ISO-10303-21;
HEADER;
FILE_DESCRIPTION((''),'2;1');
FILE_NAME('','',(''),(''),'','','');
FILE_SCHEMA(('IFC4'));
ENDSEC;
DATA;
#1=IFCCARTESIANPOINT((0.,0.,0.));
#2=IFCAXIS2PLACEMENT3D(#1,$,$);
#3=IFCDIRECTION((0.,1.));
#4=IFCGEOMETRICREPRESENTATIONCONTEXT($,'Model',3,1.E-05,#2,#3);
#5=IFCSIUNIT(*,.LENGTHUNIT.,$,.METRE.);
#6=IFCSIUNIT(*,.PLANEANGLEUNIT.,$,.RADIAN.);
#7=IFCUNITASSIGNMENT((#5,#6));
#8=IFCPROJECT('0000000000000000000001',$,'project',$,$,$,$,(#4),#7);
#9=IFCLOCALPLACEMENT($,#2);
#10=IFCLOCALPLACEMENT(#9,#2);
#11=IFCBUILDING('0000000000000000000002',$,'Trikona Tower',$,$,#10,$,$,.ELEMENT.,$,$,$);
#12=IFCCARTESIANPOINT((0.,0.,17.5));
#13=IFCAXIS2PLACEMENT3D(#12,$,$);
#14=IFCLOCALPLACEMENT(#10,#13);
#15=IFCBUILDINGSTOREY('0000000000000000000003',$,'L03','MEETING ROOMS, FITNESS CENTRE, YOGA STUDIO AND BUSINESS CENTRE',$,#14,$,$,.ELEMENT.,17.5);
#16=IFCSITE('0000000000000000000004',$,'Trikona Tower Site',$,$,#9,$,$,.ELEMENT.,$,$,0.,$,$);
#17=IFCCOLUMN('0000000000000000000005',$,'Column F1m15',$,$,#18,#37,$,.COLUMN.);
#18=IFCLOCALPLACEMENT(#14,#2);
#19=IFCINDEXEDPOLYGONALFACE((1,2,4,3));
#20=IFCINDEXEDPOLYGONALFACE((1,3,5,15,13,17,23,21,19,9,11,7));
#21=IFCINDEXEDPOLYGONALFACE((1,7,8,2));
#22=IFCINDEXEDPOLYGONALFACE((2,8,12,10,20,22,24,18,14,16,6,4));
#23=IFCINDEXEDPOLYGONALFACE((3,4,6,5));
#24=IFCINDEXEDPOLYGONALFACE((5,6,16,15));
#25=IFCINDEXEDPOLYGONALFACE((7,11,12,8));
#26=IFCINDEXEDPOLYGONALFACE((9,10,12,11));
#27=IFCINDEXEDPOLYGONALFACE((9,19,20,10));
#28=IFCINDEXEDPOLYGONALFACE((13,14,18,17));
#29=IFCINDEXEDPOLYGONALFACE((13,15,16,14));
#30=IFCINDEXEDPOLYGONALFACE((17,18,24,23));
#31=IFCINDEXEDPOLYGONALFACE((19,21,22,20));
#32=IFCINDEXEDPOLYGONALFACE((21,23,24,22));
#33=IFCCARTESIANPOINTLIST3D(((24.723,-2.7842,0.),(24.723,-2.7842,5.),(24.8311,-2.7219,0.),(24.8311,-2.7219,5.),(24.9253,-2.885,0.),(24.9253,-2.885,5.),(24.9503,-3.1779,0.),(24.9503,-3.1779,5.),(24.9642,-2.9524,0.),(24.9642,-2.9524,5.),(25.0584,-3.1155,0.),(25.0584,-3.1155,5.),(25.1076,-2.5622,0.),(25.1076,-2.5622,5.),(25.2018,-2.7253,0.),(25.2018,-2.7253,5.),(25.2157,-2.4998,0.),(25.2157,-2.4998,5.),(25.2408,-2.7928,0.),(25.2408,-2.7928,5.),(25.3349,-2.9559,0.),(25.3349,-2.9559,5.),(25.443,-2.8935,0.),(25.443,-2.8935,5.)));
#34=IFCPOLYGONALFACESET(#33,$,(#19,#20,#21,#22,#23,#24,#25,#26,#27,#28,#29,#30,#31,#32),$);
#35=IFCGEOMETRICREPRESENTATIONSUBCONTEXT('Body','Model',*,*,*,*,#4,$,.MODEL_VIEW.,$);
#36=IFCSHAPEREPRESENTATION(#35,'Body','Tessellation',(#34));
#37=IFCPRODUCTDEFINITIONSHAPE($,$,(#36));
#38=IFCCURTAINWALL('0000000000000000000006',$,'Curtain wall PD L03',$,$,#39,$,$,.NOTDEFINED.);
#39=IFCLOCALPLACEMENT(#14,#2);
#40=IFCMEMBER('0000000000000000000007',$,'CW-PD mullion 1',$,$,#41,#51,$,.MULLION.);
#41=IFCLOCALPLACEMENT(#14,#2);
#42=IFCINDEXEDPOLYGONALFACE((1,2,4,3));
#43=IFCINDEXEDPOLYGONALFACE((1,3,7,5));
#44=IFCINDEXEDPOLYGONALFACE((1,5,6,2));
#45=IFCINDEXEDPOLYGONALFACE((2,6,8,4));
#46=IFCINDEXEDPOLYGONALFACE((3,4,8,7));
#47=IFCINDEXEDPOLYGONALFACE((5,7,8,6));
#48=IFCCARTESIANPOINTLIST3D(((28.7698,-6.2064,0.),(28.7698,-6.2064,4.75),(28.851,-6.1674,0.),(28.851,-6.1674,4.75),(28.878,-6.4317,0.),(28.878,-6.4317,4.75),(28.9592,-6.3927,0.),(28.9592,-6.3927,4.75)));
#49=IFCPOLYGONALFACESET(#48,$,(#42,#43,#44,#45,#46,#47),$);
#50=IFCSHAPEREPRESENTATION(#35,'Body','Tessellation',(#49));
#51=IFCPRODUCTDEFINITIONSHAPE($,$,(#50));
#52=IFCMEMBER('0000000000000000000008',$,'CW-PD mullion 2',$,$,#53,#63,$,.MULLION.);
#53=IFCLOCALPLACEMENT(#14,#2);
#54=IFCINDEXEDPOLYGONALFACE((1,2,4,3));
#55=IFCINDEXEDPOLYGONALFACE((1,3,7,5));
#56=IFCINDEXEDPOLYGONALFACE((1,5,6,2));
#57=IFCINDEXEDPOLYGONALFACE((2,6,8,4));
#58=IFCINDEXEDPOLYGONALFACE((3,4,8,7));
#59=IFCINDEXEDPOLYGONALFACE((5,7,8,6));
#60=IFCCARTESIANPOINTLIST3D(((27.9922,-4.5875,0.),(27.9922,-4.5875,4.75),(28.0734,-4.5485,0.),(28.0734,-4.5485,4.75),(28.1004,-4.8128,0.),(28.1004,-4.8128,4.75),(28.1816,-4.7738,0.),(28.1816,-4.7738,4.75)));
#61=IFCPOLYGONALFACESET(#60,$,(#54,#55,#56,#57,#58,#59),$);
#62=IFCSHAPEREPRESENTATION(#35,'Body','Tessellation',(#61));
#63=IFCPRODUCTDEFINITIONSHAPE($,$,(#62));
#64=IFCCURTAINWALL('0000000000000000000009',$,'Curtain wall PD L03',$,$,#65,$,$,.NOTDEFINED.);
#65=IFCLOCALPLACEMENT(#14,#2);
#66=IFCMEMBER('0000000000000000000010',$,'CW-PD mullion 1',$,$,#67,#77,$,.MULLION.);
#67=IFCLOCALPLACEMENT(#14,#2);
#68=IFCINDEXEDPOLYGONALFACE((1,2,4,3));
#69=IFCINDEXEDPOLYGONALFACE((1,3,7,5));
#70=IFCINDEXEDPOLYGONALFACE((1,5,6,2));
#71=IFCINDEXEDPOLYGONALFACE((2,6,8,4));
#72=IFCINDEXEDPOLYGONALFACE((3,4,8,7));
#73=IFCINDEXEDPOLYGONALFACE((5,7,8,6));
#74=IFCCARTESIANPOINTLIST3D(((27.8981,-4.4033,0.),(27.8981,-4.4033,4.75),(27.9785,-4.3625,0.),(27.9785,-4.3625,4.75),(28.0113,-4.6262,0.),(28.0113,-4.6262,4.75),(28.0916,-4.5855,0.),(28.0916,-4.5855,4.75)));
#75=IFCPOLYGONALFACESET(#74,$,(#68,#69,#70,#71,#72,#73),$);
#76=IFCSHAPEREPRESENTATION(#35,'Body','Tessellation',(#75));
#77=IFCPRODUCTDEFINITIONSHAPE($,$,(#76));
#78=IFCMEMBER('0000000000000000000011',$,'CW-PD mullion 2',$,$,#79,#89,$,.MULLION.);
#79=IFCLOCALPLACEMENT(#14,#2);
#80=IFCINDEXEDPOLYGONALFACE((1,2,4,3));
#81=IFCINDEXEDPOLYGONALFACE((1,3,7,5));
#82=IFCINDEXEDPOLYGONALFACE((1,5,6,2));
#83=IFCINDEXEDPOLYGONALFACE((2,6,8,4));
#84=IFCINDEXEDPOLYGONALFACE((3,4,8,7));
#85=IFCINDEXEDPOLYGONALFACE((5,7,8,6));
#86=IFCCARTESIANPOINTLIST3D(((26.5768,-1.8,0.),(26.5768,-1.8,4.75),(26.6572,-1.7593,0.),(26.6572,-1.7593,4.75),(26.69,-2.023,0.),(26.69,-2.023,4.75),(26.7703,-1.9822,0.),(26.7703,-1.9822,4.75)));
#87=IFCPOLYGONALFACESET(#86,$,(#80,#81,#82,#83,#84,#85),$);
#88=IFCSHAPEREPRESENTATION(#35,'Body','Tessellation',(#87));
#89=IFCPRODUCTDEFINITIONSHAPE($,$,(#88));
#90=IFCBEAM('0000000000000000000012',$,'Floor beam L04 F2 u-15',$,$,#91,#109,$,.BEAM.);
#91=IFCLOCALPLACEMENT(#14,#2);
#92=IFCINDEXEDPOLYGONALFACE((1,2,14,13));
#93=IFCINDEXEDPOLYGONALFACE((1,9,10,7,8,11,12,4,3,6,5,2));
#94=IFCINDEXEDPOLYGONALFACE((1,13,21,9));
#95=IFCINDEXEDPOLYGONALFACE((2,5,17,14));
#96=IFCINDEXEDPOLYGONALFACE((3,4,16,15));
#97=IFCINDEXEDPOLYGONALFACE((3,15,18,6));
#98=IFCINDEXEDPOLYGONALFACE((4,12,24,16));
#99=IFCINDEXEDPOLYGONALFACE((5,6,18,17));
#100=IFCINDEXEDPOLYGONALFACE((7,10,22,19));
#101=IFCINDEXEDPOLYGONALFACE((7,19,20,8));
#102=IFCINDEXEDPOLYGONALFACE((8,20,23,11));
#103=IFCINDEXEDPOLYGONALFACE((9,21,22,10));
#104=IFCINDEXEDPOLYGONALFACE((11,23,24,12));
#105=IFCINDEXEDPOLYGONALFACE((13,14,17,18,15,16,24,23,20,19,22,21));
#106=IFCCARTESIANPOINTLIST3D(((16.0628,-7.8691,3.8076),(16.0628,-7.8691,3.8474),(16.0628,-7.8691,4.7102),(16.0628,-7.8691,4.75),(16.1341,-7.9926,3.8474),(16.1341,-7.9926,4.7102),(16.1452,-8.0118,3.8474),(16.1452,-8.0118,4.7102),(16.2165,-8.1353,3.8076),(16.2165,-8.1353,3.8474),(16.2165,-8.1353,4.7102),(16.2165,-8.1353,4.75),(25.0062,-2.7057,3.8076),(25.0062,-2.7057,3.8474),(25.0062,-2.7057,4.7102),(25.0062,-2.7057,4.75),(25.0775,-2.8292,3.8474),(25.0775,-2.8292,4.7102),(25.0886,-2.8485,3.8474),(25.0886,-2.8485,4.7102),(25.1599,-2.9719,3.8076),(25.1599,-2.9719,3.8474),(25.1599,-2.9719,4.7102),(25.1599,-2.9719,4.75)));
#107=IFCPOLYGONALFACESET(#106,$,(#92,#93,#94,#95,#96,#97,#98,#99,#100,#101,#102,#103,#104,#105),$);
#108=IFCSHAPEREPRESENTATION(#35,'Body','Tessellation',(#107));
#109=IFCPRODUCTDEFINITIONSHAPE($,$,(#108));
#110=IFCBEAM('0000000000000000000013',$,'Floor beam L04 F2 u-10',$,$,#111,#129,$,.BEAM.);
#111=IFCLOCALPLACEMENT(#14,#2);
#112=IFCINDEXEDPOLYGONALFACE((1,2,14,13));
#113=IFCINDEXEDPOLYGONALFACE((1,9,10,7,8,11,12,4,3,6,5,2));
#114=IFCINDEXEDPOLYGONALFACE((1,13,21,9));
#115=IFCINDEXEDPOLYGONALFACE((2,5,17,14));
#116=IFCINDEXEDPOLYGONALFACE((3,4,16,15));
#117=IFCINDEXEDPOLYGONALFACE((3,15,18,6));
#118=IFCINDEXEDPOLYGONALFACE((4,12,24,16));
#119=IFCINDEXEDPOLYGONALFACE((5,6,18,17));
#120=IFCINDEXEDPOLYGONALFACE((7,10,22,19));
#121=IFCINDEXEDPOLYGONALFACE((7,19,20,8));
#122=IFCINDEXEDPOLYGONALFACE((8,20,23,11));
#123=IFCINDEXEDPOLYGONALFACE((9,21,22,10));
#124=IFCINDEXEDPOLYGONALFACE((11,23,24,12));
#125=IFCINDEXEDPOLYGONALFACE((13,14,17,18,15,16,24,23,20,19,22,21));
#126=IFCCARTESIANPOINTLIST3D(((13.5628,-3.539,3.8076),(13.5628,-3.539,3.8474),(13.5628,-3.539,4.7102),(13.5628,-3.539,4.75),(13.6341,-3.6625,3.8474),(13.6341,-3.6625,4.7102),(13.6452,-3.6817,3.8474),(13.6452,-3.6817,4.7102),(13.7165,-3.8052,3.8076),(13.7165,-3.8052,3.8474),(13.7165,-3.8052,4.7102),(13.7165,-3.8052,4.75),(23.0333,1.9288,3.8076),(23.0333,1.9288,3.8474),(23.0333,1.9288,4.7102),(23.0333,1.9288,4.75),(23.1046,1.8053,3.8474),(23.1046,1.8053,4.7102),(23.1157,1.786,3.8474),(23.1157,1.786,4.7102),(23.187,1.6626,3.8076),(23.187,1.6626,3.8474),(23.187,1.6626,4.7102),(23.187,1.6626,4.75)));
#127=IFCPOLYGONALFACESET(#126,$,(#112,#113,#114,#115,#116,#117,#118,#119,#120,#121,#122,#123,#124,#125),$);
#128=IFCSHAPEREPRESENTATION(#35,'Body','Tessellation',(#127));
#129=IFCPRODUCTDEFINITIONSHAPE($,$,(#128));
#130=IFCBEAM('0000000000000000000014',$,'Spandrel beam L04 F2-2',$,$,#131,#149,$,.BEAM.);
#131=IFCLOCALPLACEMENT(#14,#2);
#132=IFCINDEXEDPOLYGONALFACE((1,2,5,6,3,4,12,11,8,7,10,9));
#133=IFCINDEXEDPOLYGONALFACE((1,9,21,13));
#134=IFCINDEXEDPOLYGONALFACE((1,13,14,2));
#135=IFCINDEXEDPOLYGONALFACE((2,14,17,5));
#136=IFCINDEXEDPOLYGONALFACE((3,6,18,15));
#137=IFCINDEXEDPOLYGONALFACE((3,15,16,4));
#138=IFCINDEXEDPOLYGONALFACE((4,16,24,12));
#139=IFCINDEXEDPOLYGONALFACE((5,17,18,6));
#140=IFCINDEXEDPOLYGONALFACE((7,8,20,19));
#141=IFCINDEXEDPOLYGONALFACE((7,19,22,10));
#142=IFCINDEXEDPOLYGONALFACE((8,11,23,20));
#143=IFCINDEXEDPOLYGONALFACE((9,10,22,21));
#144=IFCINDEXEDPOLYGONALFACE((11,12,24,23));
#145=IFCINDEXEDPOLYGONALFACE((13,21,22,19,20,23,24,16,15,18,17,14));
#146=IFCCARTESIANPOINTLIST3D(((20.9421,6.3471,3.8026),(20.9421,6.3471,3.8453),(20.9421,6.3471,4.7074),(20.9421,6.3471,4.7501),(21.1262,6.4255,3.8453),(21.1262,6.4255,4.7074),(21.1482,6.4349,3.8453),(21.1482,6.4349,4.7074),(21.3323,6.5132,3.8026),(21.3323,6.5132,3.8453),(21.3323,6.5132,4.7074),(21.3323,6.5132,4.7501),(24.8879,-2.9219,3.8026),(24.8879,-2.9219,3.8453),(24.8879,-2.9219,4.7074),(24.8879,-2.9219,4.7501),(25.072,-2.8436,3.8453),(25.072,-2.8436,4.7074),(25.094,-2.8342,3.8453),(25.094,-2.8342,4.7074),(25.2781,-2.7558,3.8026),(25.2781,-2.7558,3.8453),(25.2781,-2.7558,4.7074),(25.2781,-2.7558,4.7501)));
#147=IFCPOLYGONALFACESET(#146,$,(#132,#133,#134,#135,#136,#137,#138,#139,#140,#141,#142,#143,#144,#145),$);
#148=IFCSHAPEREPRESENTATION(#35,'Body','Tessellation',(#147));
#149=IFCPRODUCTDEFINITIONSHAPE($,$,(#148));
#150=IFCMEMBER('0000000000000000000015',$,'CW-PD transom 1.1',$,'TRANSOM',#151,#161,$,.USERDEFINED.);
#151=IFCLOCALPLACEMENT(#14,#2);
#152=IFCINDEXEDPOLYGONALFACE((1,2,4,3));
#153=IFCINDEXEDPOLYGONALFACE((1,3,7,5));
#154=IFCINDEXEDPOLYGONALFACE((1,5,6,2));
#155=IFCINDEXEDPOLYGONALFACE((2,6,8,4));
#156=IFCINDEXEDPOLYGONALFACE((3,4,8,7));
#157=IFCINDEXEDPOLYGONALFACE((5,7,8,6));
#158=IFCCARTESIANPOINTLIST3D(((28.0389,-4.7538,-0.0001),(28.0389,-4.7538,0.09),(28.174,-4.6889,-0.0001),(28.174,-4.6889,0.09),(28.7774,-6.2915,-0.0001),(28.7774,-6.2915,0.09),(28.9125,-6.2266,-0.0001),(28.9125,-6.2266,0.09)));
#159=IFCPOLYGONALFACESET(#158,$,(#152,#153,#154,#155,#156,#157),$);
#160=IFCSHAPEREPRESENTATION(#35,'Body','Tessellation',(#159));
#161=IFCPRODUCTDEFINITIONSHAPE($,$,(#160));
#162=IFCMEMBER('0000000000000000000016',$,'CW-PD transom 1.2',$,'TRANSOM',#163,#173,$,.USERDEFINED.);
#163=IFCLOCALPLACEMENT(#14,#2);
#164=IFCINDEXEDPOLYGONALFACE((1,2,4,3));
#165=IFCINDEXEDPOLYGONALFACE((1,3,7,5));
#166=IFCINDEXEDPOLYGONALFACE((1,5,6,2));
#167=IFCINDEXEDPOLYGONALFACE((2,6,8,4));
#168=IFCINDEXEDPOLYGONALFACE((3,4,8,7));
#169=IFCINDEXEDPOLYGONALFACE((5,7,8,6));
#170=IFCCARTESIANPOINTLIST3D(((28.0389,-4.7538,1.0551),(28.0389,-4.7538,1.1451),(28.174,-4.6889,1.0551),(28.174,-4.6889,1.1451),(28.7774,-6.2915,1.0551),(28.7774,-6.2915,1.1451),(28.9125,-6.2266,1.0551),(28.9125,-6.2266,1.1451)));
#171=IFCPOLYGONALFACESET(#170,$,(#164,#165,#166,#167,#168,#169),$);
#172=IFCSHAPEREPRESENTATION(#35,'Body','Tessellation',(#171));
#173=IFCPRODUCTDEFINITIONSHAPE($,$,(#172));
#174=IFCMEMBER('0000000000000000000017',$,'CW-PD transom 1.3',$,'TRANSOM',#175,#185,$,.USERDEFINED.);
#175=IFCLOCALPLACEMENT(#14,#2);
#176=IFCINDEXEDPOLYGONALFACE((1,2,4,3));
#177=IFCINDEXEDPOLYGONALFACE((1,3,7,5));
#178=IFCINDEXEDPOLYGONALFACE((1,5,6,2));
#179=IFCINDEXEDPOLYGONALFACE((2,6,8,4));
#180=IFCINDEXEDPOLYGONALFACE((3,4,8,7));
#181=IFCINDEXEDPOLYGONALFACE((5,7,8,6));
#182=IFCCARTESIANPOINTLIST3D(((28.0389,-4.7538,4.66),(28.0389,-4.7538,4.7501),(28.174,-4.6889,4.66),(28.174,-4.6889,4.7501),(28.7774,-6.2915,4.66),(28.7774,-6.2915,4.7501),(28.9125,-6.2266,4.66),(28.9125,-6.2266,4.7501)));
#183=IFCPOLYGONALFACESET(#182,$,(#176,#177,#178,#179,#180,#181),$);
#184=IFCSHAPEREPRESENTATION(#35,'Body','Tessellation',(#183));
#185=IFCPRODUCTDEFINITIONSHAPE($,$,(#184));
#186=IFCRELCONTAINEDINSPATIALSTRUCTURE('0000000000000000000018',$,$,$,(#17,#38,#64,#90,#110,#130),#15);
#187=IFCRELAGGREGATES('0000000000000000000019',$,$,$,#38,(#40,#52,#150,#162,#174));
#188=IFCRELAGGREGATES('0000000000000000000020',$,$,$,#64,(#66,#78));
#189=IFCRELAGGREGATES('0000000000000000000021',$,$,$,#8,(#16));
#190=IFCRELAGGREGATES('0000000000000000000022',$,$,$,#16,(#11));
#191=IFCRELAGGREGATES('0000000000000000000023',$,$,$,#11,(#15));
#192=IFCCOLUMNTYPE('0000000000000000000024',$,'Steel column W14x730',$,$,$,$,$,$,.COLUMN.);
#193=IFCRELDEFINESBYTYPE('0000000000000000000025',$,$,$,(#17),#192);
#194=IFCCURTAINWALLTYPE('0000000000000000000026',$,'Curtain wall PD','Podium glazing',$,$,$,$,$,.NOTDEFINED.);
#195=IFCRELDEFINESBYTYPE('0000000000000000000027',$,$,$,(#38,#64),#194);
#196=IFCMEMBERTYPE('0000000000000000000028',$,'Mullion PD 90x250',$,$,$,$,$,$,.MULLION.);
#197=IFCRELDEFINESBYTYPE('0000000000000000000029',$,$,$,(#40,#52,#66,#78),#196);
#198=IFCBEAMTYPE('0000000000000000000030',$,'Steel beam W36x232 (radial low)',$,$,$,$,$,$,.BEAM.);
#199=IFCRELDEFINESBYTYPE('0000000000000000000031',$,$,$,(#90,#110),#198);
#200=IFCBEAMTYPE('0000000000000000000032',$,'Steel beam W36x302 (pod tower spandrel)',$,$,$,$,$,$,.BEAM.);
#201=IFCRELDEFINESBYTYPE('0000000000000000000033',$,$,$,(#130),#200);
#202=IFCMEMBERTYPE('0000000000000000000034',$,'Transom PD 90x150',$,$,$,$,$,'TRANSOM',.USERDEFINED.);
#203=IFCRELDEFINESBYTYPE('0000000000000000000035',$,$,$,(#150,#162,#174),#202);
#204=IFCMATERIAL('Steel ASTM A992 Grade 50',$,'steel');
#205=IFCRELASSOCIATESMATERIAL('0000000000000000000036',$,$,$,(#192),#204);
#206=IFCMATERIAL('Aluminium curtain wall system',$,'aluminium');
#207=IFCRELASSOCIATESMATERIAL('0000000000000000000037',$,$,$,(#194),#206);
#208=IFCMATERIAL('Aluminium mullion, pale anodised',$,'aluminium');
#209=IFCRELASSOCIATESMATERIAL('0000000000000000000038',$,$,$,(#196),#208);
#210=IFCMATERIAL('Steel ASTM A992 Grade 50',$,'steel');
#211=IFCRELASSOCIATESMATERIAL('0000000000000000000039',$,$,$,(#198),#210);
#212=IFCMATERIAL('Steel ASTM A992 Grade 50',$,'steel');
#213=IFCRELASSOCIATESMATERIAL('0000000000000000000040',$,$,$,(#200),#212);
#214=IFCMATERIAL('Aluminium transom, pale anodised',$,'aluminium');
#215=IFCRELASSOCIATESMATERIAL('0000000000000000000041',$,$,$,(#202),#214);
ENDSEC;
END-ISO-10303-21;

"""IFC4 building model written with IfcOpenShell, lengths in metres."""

from ifc_helpers import new_model, si_unit, direction, frame, origin, origin_2d, place, context, subcontext, project, spatial, rectangle, i_section, extrude, material, material_profile, profile_set, type_object, element, aggregate, save


model = new_model("IFC4")

# Units and contexts
model_context = context("Model", 3, precision=1e-05, world=origin(), true_north=direction((0.0, 1.0)))
body_context = subcontext(model_context, "Body", "Model", "MODEL_VIEW")
ifc_project = project(units=[si_unit("LENGTHUNIT", "METRE"), si_unit("PLANEANGLEUNIT", "RADIAN")], contexts=[model_context])

# Site, building, storey
site_placement = place(None, origin())
site = spatial("IfcSite", under=ifc_project, at=site_placement, Name="Trikona Tower Site", CompositionType="ELEMENT", RefElevation=0.0)
building_placement = place(site_placement, origin())
building = spatial("IfcBuilding", under=site, at=building_placement, Name="Trikona Tower", CompositionType="ELEMENT")
storey_placement = place(building_placement, frame((0.0, 0.0, 17.5)))
storey = spatial("IfcBuildingStorey", under=building, at=storey_placement, Name="L03", Description="MEETING ROOMS, FITNESS CENTRE, YOGA STUDIO AND BUSINESS CENTRE", CompositionType="ELEMENT", Elevation=17.5)

# Column
ifc_material_1 = material(Name="Steel ASTM A992 Grade 50", Category="steel")
ifc_material_profile_1 = material_profile(ifc_material_1, i_section(OverallWidth=0.4546, OverallDepth=0.5688, WebThickness=0.0779, FlangeThickness=0.1248, at=origin_2d()), Name="W14X730")
ifc_profile_set_1 = profile_set([ifc_material_profile_1], Name="Steel ASTM A992 Grade 50")
column_type = type_object("IfcColumnType", Name="Steel column W14x730", PredefinedType="COLUMN", material=ifc_profile_set_1)
column_placement = place(storey_placement, frame((25.083, -2.8389, 0.0), z_axis=(0.0, 0.0, 1.0), x_axis=(-0.5, 0.866025, 0.0)))
element("IfcColumn", 1, at=column_placement, inside=storey, type_object=column_type, Name="Column F1m15", PredefinedType="COLUMN", context=body_context, shape_type="SweptSolid", body=[
    extrude(i_section(OverallWidth=0.4546, OverallDepth=0.5688, WebThickness=0.0779, FlangeThickness=0.1248, at=origin_2d()), origin(), (0.0, 0.0, 1.0), 5.0),
])

# Curtain walls, members
ifc_material_2 = material(Name="Aluminium curtain wall system", Category="aluminium")
curtain_wall_type = type_object("IfcCurtainWallType", Name="Curtain wall PD", Description="Podium glazing", PredefinedType="NOTDEFINED", material=ifc_material_2)
curtain_wall_1_placement = place(storey_placement, origin())
curtain_wall_1 = element("IfcCurtainWall", 2, at=curtain_wall_1_placement, inside=storey, type_object=curtain_wall_type, Name="Curtain wall PD L03", PredefinedType="NOTDEFINED")
ifc_material_3 = material(Name="Aluminium mullion, pale anodised", Category="aluminium")
ifc_material_profile_2 = material_profile(ifc_material_3, rectangle(XDim=0.0901, YDim=0.25, at=origin_2d()), Name="MUL-PD")
ifc_profile_set_2 = profile_set([ifc_material_profile_2], Name="Aluminium mullion, pale anodised")
member_type_1 = type_object("IfcMemberType", Name="Mullion PD 90x250", PredefinedType="MULLION", material=ifc_profile_set_2)
member_1_placement = place(storey_placement, frame((28.8645, -6.2996, 0.0), z_axis=(0.0, 0.0, 1.0), x_axis=(-0.90141, -0.432967, 0.0)))
member_1 = element("IfcMember", 3, at=member_1_placement, type_object=member_type_1, Name="CW-PD mullion 1", PredefinedType="MULLION", context=body_context, shape_type="SweptSolid", body=[
    extrude(rectangle(XDim=0.0901, YDim=0.25, at=origin_2d()), origin(), (0.0, 0.0, 1.0), 4.75),
])
member_2_placement = place(storey_placement, frame((28.0869, -4.6807, 0.0), z_axis=(0.0, 0.0, 1.0), x_axis=(-0.90141, -0.432967, 0.0)))
member_2 = element("IfcMember", 4, at=member_2_placement, type_object=member_type_1, Name="CW-PD mullion 2", PredefinedType="MULLION", context=body_context, shape_type="SweptSolid", body=[
    extrude(rectangle(XDim=0.0901, YDim=0.25, at=origin_2d()), origin(), (0.0, 0.0, 1.0), 4.75),
])
curtain_wall_2_placement = place(storey_placement, origin())
curtain_wall_2 = element("IfcCurtainWall", 5, at=curtain_wall_2_placement, inside=storey, type_object=curtain_wall_type, Name="Curtain wall PD L03", PredefinedType="NOTDEFINED")
member_3_placement = place(storey_placement, frame((27.9949, -4.4944, 0.0), z_axis=(0.0, 0.0, 1.0), x_axis=(-0.891726, -0.452576, 0.0)))
member_3 = element("IfcMember", 6, at=member_3_placement, type_object=member_type_1, Name="CW-PD mullion 1", PredefinedType="MULLION", context=body_context, shape_type="SweptSolid", body=[
    extrude(rectangle(XDim=0.0901, YDim=0.25, at=origin_2d()), origin(), (0.0, 0.0, 1.0), 4.75),
])
member_4_placement = place(storey_placement, frame((26.6736, -1.8911, 0.0), z_axis=(0.0, 0.0, 1.0), x_axis=(-0.891726, -0.452576, 0.0)))
member_4 = element("IfcMember", 7, at=member_4_placement, type_object=member_type_1, Name="CW-PD mullion 2", PredefinedType="MULLION", context=body_context, shape_type="SweptSolid", body=[
    extrude(rectangle(XDim=0.0901, YDim=0.25, at=origin_2d()), origin(), (0.0, 0.0, 1.0), 4.75),
])

# Beams
ifc_material_4 = material(Name="Steel ASTM A992 Grade 50", Category="steel")
ifc_material_profile_3 = material_profile(ifc_material_4, i_section(OverallWidth=0.3074, OverallDepth=0.9424, WebThickness=0.0222, FlangeThickness=0.0398, at=origin_2d()), Name="W36X232")
ifc_profile_set_3 = profile_set([ifc_material_profile_3], Name="Steel ASTM A992 Grade 50")
beam_type_1 = type_object("IfcBeamType", Name="Steel beam W36x232 (radial low)", PredefinedType="BEAM", material=ifc_profile_set_3)
beam_1_placement = place(storey_placement, frame((16.1396, -8.0022, 4.2788), z_axis=(0.86603, 0.499991, 0.0), x_axis=(-0.499991, 0.86603, 0.0)))
element("IfcBeam", 8, at=beam_1_placement, inside=storey, type_object=beam_type_1, Name="Floor beam L04 F2 u-15", PredefinedType="BEAM", context=body_context, shape_type="SweptSolid", body=[
    extrude(i_section(OverallWidth=0.3074, OverallDepth=0.9424, WebThickness=0.0222, FlangeThickness=0.0398, at=origin_2d()), origin(), (0.0, 0.0, 1.0), 10.3269),
])
beam_2_placement = place(storey_placement, frame((13.6396, -3.6721, 4.2788), z_axis=(0.866025, 0.5, 0.0), x_axis=(-0.5, 0.866025, 0.0)))
element("IfcBeam", 9, at=beam_2_placement, inside=storey, type_object=beam_type_1, Name="Floor beam L04 F2 u-10", PredefinedType="BEAM", context=body_context, shape_type="SweptSolid", body=[
    extrude(i_section(OverallWidth=0.3074, OverallDepth=0.9424, WebThickness=0.0222, FlangeThickness=0.0398, at=origin_2d()), origin(), (0.0, 0.0, 1.0), 10.9355),
])
ifc_material_5 = material(Name="Steel ASTM A992 Grade 50", Category="steel")
ifc_material_profile_4 = material_profile(ifc_material_5, i_section(OverallWidth=0.4241, OverallDepth=0.9475, WebThickness=0.0239, FlangeThickness=0.0427, at=origin_2d()), Name="W36X302")
ifc_profile_set_4 = profile_set([ifc_material_profile_4], Name="Steel ASTM A992 Grade 50")
beam_type_2 = type_object("IfcBeamType", Name="Steel beam W36x302 (pod tower spandrel)", PredefinedType="BEAM", material=ifc_profile_set_4)
beam_3_placement = place(storey_placement, frame((25.083, -2.8389, 4.2764), z_axis=(-0.391684, 0.9201, 0.0), x_axis=(-0.9201, -0.391684, 0.0)))
element("IfcBeam", 10, at=beam_3_placement, inside=storey, type_object=beam_type_2, Name="Spandrel beam L04 F2-2", PredefinedType="BEAM", context=body_context, shape_type="SweptSolid", body=[
    extrude(i_section(OverallWidth=0.4241, OverallDepth=0.9475, WebThickness=0.0239, FlangeThickness=0.0427, at=origin_2d()), origin(), (0.0, 0.0, 1.0), 10.074),
])

# Members
ifc_material_6 = material(Name="Aluminium transom, pale anodised", Category="aluminium")
ifc_material_profile_5 = material_profile(ifc_material_6, rectangle(XDim=0.1499, YDim=0.0901, at=origin_2d()), Name="TRN-PD")
ifc_profile_set_5 = profile_set([ifc_material_profile_5], Name="Aluminium transom, pale anodised")
member_type_2 = type_object("IfcMemberType", Name="Transom PD 90x150", ElementType="TRANSOM", PredefinedType="USERDEFINED", material=ifc_profile_set_5)
member_5_placement = place(storey_placement, frame((28.845, -6.259, 0.0449), z_axis=(-0.432959, 0.901414, 0.0), x_axis=(-0.901414, -0.432959, 0.0)))
member_5 = element("IfcMember", 11, at=member_5_placement, type_object=member_type_2, Name="CW-PD transom 1.1", ObjectType="TRANSOM", PredefinedType="USERDEFINED", context=body_context, shape_type="SweptSolid", body=[
    extrude(rectangle(XDim=0.1499, YDim=0.0901, at=origin_2d()), origin(), (0.0, 0.0, 1.0), 1.7058),
])
member_6_placement = place(storey_placement, frame((28.845, -6.259, 1.1001), z_axis=(-0.432959, 0.901414, 0.0), x_axis=(-0.901414, -0.432959, 0.0)))
member_6 = element("IfcMember", 12, at=member_6_placement, type_object=member_type_2, Name="CW-PD transom 1.2", ObjectType="TRANSOM", PredefinedType="USERDEFINED", context=body_context, shape_type="SweptSolid", body=[
    extrude(rectangle(XDim=0.1499, YDim=0.0901, at=origin_2d()), origin(), (0.0, 0.0, 1.0), 1.7058),
])
member_7_placement = place(storey_placement, frame((28.845, -6.259, 4.7051), z_axis=(-0.432959, 0.901414, 0.0), x_axis=(-0.901414, -0.432959, 0.0)))
member_7 = element("IfcMember", 13, at=member_7_placement, type_object=member_type_2, Name="CW-PD transom 1.3", ObjectType="TRANSOM", PredefinedType="USERDEFINED", context=body_context, shape_type="SweptSolid", body=[
    extrude(rectangle(XDim=0.1499, YDim=0.0901, at=origin_2d()), origin(), (0.0, 0.0, 1.0), 1.7058),
])

aggregate(curtain_wall_1, [member_1, member_2, member_5, member_6, member_7])
aggregate(curtain_wall_2, [member_3, member_4])

save(model, "model.ifc")
